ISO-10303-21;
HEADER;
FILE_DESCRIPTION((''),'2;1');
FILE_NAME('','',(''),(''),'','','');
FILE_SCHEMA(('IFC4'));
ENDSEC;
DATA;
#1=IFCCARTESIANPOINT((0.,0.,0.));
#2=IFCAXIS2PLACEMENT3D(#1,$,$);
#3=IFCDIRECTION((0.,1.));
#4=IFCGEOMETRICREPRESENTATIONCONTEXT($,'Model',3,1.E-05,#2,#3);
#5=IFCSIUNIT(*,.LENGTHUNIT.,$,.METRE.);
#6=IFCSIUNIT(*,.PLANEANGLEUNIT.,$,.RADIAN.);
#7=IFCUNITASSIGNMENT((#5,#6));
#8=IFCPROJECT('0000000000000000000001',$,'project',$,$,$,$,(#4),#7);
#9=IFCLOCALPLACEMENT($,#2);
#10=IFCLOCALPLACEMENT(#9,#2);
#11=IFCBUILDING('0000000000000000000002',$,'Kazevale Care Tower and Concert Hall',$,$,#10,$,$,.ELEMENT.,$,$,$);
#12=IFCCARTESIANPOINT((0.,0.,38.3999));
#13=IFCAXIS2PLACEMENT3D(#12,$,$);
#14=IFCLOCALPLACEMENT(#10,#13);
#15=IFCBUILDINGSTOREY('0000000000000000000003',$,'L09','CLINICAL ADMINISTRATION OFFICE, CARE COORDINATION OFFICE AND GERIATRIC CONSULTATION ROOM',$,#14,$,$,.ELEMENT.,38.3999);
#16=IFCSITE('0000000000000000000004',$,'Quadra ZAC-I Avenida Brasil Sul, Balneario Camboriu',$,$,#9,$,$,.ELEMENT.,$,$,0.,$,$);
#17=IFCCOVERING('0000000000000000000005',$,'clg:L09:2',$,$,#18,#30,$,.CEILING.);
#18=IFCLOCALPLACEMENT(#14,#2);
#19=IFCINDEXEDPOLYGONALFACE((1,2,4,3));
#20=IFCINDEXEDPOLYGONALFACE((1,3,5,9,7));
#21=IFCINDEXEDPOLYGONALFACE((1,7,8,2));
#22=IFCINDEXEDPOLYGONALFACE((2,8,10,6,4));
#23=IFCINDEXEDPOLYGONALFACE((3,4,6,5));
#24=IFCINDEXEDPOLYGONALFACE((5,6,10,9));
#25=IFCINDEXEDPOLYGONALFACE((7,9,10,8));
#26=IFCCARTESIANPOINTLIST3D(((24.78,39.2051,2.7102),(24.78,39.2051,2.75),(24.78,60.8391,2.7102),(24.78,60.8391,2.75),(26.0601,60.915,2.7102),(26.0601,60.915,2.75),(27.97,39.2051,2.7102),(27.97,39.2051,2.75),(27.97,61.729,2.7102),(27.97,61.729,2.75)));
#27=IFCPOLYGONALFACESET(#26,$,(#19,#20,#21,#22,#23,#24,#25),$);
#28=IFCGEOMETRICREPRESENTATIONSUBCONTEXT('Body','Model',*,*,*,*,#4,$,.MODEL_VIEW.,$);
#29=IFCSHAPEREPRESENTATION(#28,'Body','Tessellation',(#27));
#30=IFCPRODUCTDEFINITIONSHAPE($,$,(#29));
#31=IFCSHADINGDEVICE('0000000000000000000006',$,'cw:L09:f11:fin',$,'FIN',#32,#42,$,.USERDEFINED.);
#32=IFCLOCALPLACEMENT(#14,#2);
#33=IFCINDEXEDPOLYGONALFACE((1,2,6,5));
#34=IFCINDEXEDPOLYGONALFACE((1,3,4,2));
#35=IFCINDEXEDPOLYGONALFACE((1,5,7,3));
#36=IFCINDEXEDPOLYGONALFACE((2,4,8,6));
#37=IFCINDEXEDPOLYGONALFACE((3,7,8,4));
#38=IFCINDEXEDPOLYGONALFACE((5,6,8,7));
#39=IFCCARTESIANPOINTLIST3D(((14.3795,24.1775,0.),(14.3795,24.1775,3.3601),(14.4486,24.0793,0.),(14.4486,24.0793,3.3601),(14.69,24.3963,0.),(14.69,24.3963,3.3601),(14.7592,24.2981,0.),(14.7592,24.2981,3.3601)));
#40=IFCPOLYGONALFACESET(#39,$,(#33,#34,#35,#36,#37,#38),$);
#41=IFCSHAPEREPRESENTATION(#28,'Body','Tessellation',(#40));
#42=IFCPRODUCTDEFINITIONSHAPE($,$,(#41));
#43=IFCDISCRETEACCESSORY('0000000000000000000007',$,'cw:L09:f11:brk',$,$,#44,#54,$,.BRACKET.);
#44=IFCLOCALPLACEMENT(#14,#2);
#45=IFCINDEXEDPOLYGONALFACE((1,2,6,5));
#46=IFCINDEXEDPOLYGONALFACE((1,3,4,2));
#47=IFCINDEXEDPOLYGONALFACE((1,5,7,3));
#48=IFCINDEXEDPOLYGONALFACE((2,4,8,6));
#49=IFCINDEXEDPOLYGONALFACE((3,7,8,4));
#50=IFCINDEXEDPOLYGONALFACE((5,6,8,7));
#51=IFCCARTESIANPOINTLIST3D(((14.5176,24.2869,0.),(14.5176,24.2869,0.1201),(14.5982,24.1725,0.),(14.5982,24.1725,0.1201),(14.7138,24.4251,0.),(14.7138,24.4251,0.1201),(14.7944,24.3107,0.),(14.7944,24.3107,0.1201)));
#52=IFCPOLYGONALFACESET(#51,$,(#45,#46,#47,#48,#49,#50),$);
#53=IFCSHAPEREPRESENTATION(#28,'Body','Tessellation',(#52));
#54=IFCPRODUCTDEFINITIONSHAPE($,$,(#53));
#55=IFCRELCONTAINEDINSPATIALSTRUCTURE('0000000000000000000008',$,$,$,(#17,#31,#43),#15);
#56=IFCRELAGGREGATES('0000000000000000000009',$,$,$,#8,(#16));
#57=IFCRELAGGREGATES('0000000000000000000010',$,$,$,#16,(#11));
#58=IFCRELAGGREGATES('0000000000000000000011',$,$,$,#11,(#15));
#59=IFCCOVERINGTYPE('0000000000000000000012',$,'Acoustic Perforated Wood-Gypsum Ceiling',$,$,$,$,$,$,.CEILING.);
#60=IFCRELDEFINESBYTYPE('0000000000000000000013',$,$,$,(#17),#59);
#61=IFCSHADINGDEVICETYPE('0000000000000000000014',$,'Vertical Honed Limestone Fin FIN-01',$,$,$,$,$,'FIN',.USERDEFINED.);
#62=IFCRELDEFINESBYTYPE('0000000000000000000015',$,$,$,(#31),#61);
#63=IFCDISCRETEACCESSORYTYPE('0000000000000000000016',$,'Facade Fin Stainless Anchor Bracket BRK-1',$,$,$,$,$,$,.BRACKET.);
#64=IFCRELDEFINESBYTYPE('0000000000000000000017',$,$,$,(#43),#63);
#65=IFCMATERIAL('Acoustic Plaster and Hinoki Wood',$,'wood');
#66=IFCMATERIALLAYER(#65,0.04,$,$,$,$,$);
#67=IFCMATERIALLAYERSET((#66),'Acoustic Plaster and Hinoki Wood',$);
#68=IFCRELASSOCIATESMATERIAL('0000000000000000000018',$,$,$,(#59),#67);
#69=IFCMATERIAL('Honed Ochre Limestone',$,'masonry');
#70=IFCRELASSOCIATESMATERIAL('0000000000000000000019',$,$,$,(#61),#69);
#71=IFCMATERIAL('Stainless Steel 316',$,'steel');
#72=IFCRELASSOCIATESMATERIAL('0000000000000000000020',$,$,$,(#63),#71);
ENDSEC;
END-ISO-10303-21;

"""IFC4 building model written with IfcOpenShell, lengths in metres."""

from ifc_helpers import new_model, si_unit, direction, frame, origin, origin_2d, place, context, subcontext, project, spatial, polyline, rectangle, outline, extrude, material, layer, layer_set, type_object, element, save


model = new_model("IFC4")

# Units and contexts
model_context = context("Model", 3, precision=1e-05, world=origin(), true_north=direction((0.0, 1.0)))
body_context = subcontext(model_context, "Body", "Model", "MODEL_VIEW")
ifc_project = project(units=[si_unit("LENGTHUNIT", "METRE"), si_unit("PLANEANGLEUNIT", "RADIAN")], contexts=[model_context])

# Site, building, storey
site_placement = place(None, origin())
site = spatial("IfcSite", under=ifc_project, at=site_placement, Name="Quadra ZAC-I Avenida Brasil Sul, Balneario Camboriu", CompositionType="ELEMENT", RefElevation=0.0)
building_placement = place(site_placement, origin())
building = spatial("IfcBuilding", under=site, at=building_placement, Name="Kazevale Care Tower and Concert Hall", CompositionType="ELEMENT")
storey_placement = place(building_placement, frame((0.0, 0.0, 38.3999)))
storey = spatial("IfcBuildingStorey", under=building, at=storey_placement, Name="L09", Description="CLINICAL ADMINISTRATION OFFICE, CARE COORDINATION OFFICE AND GERIATRIC CONSULTATION ROOM", CompositionType="ELEMENT", Elevation=38.3999)

# Covering
ifc_material_1 = material(Name="Acoustic Plaster and Hinoki Wood", Category="wood")
ifc_layer_1 = layer(ifc_material_1, 0.04)
ifc_layer_set_1 = layer_set([ifc_layer_1], Name="Acoustic Plaster and Hinoki Wood")
covering_type = type_object("IfcCoveringType", Name="Acoustic Perforated Wood-Gypsum Ceiling", PredefinedType="CEILING", material=ifc_layer_set_1)
covering_1_placement = place(storey_placement, frame((0.0, 0.0, 2.7102)))
element("IfcCovering", 1, at=covering_1_placement, inside=storey, type_object=covering_type, Name="clg:L09:2", PredefinedType="CEILING", context=body_context, shape_type="SweptSolid", body=[
    extrude(outline(polyline([(24.78, 39.2051), (24.78, 60.8391), (26.0601, 60.915), (27.97, 61.729), (27.97, 39.2051), (24.78, 39.2051)])), origin(), (0.0, 0.0, 1.0), 0.0398),
])

# Shading device
ifc_material_2 = material(Name="Honed Ochre Limestone", Category="masonry")
shading_device_type = type_object("IfcShadingDeviceType", Name="Vertical Honed Limestone Fin FIN-01", ElementType="FIN", PredefinedType="USERDEFINED", material=ifc_material_2)
shading_device_placement = place(storey_placement, frame((14.5693, 24.2378, 0.0), z_axis=(0.0, 0.0, 1.0), x_axis=(-0.817547, -0.575862, 0.0)))
element("IfcShadingDevice", 2, at=shading_device_placement, inside=storey, type_object=shading_device_type, Name="cw:L09:f11:fin", ObjectType="FIN", PredefinedType="USERDEFINED", context=body_context, shape_type="SweptSolid", body=[
    extrude(rectangle(XDim=0.3799, YDim=0.1201, at=origin_2d()), origin(), (0.0, 0.0, 1.0), 3.3601),
])

# Discrete accessory
ifc_material_3 = material(Name="Stainless Steel 316", Category="steel")
discrete_accessory_type = type_object("IfcDiscreteAccessoryType", Name="Facade Fin Stainless Anchor Bracket BRK-1", PredefinedType="BRACKET", material=ifc_material_3)
discrete_accessory_placement = place(storey_placement, frame((14.656, 24.2988, 0.0), z_axis=(0.0, 0.0, 1.0), x_axis=(-0.817547, -0.575862, 0.0)))
element("IfcDiscreteAccessory", 3, at=discrete_accessory_placement, inside=storey, type_object=discrete_accessory_type, Name="cw:L09:f11:brk", PredefinedType="BRACKET", context=body_context, shape_type="SweptSolid", body=[
    extrude(rectangle(XDim=0.24, YDim=0.1399, at=origin_2d()), origin(), (0.0, 0.0, 1.0), 0.1201),
])

save(model, "model.ifc")
